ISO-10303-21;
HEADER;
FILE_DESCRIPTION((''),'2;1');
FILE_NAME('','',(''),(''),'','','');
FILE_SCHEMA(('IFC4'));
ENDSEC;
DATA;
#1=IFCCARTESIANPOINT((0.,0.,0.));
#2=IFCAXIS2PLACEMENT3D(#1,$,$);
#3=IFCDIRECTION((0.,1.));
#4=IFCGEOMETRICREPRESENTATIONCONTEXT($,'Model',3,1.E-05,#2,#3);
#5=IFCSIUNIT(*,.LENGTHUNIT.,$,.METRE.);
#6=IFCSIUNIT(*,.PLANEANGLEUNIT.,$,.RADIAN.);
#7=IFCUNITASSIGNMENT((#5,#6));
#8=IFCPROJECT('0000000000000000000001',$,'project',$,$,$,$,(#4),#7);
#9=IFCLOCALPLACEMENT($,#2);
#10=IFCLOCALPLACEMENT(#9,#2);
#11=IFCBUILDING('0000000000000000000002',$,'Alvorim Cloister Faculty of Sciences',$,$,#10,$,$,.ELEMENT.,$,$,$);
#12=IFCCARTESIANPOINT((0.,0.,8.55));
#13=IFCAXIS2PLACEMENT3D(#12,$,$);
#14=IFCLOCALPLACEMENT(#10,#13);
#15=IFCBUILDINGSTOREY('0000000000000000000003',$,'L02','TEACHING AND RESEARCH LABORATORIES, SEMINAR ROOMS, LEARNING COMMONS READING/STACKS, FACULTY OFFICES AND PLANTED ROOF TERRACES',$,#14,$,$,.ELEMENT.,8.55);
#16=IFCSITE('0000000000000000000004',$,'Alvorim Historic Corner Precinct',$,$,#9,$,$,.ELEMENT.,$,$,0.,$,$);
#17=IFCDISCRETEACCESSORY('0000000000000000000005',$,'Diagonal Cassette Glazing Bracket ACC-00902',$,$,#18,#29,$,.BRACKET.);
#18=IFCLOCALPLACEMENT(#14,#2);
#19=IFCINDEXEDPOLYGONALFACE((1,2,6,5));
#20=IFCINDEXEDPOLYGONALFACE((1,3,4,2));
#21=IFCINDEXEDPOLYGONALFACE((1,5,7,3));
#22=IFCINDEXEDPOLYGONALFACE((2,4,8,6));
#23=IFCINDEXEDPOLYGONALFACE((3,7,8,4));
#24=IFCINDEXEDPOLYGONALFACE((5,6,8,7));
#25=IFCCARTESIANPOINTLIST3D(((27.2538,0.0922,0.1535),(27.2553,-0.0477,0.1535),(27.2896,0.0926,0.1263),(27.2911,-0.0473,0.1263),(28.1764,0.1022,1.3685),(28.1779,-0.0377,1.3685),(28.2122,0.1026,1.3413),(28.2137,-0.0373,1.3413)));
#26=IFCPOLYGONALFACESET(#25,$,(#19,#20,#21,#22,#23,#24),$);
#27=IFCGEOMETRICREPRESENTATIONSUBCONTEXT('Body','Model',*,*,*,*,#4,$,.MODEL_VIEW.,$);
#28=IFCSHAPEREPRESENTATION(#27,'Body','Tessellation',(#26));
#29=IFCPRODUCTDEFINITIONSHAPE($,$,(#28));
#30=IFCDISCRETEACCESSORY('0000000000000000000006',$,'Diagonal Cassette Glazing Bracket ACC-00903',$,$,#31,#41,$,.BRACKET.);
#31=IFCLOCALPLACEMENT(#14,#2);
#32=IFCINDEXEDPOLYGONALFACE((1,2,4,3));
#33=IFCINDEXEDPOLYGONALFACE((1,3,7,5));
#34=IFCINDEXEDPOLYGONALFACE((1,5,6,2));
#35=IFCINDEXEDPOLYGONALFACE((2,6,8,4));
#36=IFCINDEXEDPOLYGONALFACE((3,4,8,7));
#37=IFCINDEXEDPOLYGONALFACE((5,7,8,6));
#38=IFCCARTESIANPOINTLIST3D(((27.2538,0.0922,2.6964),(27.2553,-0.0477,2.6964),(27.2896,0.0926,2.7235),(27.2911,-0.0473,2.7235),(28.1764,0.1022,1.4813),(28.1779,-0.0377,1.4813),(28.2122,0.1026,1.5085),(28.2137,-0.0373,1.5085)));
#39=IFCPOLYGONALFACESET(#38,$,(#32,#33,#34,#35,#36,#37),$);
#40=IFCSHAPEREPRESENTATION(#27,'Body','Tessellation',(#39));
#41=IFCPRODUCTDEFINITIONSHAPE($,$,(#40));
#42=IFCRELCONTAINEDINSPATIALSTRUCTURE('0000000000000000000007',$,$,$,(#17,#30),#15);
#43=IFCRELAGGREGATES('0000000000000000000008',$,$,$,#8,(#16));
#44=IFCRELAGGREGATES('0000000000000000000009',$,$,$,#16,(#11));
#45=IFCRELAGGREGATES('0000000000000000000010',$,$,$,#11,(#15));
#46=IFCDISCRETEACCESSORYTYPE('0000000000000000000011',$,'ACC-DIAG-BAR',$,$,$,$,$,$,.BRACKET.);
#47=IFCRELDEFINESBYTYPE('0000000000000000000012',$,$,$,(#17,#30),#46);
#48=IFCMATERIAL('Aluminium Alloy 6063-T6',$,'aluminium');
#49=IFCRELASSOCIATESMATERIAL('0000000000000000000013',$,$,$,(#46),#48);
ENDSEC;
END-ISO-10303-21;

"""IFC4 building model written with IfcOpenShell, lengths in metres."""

from ifc_helpers import new_model, si_unit, direction, frame, origin, origin_2d, place, context, subcontext, project, spatial, rectangle, extrude, material, type_object, element, save


model = new_model("IFC4")

# Units and contexts
model_context = context("Model", 3, precision=1e-05, world=origin(), true_north=direction((0.0, 1.0)))
body_context = subcontext(model_context, "Body", "Model", "MODEL_VIEW")
ifc_project = project(units=[si_unit("LENGTHUNIT", "METRE"), si_unit("PLANEANGLEUNIT", "RADIAN")], contexts=[model_context])

# Site, building, storey
site_placement = place(None, origin())
site = spatial("IfcSite", under=ifc_project, at=site_placement, Name="Alvorim Historic Corner Precinct", CompositionType="ELEMENT", RefElevation=0.0)
building_placement = place(site_placement, origin())
building = spatial("IfcBuilding", under=site, at=building_placement, Name="Alvorim Cloister Faculty of Sciences", CompositionType="ELEMENT")
storey_placement = place(building_placement, frame((0.0, 0.0, 8.55)))
storey = spatial("IfcBuildingStorey", under=building, at=storey_placement, Name="L02", Description="TEACHING AND RESEARCH LABORATORIES, SEMINAR ROOMS, LEARNING COMMONS READING/STACKS, FACULTY OFFICES AND PLANTED ROOF TERRACES", CompositionType="ELEMENT", Elevation=8.55)

# Discrete accessories
ifc_material_1 = material(Name="Aluminium Alloy 6063-T6", Category="aluminium")
discrete_accessory_type = type_object("IfcDiscreteAccessoryType", Name="ACC-DIAG-BAR", PredefinedType="BRACKET", material=ifc_material_1)
for number, where, z_axis, x_axis, name in (
    (1, (27.2725, 0.0225, 0.1399), (0.604713, 0.006561, 0.796416), (-0.010849, 0.999941, 0.0), "Diagonal Cassette Glazing Bracket ACC-00902"),
    (2, (27.2725, 0.0225, 2.71), (0.604713, 0.006561, -0.796416), (-0.010849, 0.999941, 0.0), "Diagonal Cassette Glazing Bracket ACC-00903"),
):
    element("IfcDiscreteAccessory", number, at=place(storey_placement, frame(where, z_axis=z_axis, x_axis=x_axis)), inside=storey, type_object=discrete_accessory_type, Name=name, PredefinedType="BRACKET", context=body_context, shape_type="SweptSolid", body=[
        extrude(rectangle(XDim=0.1399, YDim=0.0449, at=origin_2d()), origin(), (0.0, 0.0, 1.0), 1.5256),
    ])

save(model, "model.ifc")
